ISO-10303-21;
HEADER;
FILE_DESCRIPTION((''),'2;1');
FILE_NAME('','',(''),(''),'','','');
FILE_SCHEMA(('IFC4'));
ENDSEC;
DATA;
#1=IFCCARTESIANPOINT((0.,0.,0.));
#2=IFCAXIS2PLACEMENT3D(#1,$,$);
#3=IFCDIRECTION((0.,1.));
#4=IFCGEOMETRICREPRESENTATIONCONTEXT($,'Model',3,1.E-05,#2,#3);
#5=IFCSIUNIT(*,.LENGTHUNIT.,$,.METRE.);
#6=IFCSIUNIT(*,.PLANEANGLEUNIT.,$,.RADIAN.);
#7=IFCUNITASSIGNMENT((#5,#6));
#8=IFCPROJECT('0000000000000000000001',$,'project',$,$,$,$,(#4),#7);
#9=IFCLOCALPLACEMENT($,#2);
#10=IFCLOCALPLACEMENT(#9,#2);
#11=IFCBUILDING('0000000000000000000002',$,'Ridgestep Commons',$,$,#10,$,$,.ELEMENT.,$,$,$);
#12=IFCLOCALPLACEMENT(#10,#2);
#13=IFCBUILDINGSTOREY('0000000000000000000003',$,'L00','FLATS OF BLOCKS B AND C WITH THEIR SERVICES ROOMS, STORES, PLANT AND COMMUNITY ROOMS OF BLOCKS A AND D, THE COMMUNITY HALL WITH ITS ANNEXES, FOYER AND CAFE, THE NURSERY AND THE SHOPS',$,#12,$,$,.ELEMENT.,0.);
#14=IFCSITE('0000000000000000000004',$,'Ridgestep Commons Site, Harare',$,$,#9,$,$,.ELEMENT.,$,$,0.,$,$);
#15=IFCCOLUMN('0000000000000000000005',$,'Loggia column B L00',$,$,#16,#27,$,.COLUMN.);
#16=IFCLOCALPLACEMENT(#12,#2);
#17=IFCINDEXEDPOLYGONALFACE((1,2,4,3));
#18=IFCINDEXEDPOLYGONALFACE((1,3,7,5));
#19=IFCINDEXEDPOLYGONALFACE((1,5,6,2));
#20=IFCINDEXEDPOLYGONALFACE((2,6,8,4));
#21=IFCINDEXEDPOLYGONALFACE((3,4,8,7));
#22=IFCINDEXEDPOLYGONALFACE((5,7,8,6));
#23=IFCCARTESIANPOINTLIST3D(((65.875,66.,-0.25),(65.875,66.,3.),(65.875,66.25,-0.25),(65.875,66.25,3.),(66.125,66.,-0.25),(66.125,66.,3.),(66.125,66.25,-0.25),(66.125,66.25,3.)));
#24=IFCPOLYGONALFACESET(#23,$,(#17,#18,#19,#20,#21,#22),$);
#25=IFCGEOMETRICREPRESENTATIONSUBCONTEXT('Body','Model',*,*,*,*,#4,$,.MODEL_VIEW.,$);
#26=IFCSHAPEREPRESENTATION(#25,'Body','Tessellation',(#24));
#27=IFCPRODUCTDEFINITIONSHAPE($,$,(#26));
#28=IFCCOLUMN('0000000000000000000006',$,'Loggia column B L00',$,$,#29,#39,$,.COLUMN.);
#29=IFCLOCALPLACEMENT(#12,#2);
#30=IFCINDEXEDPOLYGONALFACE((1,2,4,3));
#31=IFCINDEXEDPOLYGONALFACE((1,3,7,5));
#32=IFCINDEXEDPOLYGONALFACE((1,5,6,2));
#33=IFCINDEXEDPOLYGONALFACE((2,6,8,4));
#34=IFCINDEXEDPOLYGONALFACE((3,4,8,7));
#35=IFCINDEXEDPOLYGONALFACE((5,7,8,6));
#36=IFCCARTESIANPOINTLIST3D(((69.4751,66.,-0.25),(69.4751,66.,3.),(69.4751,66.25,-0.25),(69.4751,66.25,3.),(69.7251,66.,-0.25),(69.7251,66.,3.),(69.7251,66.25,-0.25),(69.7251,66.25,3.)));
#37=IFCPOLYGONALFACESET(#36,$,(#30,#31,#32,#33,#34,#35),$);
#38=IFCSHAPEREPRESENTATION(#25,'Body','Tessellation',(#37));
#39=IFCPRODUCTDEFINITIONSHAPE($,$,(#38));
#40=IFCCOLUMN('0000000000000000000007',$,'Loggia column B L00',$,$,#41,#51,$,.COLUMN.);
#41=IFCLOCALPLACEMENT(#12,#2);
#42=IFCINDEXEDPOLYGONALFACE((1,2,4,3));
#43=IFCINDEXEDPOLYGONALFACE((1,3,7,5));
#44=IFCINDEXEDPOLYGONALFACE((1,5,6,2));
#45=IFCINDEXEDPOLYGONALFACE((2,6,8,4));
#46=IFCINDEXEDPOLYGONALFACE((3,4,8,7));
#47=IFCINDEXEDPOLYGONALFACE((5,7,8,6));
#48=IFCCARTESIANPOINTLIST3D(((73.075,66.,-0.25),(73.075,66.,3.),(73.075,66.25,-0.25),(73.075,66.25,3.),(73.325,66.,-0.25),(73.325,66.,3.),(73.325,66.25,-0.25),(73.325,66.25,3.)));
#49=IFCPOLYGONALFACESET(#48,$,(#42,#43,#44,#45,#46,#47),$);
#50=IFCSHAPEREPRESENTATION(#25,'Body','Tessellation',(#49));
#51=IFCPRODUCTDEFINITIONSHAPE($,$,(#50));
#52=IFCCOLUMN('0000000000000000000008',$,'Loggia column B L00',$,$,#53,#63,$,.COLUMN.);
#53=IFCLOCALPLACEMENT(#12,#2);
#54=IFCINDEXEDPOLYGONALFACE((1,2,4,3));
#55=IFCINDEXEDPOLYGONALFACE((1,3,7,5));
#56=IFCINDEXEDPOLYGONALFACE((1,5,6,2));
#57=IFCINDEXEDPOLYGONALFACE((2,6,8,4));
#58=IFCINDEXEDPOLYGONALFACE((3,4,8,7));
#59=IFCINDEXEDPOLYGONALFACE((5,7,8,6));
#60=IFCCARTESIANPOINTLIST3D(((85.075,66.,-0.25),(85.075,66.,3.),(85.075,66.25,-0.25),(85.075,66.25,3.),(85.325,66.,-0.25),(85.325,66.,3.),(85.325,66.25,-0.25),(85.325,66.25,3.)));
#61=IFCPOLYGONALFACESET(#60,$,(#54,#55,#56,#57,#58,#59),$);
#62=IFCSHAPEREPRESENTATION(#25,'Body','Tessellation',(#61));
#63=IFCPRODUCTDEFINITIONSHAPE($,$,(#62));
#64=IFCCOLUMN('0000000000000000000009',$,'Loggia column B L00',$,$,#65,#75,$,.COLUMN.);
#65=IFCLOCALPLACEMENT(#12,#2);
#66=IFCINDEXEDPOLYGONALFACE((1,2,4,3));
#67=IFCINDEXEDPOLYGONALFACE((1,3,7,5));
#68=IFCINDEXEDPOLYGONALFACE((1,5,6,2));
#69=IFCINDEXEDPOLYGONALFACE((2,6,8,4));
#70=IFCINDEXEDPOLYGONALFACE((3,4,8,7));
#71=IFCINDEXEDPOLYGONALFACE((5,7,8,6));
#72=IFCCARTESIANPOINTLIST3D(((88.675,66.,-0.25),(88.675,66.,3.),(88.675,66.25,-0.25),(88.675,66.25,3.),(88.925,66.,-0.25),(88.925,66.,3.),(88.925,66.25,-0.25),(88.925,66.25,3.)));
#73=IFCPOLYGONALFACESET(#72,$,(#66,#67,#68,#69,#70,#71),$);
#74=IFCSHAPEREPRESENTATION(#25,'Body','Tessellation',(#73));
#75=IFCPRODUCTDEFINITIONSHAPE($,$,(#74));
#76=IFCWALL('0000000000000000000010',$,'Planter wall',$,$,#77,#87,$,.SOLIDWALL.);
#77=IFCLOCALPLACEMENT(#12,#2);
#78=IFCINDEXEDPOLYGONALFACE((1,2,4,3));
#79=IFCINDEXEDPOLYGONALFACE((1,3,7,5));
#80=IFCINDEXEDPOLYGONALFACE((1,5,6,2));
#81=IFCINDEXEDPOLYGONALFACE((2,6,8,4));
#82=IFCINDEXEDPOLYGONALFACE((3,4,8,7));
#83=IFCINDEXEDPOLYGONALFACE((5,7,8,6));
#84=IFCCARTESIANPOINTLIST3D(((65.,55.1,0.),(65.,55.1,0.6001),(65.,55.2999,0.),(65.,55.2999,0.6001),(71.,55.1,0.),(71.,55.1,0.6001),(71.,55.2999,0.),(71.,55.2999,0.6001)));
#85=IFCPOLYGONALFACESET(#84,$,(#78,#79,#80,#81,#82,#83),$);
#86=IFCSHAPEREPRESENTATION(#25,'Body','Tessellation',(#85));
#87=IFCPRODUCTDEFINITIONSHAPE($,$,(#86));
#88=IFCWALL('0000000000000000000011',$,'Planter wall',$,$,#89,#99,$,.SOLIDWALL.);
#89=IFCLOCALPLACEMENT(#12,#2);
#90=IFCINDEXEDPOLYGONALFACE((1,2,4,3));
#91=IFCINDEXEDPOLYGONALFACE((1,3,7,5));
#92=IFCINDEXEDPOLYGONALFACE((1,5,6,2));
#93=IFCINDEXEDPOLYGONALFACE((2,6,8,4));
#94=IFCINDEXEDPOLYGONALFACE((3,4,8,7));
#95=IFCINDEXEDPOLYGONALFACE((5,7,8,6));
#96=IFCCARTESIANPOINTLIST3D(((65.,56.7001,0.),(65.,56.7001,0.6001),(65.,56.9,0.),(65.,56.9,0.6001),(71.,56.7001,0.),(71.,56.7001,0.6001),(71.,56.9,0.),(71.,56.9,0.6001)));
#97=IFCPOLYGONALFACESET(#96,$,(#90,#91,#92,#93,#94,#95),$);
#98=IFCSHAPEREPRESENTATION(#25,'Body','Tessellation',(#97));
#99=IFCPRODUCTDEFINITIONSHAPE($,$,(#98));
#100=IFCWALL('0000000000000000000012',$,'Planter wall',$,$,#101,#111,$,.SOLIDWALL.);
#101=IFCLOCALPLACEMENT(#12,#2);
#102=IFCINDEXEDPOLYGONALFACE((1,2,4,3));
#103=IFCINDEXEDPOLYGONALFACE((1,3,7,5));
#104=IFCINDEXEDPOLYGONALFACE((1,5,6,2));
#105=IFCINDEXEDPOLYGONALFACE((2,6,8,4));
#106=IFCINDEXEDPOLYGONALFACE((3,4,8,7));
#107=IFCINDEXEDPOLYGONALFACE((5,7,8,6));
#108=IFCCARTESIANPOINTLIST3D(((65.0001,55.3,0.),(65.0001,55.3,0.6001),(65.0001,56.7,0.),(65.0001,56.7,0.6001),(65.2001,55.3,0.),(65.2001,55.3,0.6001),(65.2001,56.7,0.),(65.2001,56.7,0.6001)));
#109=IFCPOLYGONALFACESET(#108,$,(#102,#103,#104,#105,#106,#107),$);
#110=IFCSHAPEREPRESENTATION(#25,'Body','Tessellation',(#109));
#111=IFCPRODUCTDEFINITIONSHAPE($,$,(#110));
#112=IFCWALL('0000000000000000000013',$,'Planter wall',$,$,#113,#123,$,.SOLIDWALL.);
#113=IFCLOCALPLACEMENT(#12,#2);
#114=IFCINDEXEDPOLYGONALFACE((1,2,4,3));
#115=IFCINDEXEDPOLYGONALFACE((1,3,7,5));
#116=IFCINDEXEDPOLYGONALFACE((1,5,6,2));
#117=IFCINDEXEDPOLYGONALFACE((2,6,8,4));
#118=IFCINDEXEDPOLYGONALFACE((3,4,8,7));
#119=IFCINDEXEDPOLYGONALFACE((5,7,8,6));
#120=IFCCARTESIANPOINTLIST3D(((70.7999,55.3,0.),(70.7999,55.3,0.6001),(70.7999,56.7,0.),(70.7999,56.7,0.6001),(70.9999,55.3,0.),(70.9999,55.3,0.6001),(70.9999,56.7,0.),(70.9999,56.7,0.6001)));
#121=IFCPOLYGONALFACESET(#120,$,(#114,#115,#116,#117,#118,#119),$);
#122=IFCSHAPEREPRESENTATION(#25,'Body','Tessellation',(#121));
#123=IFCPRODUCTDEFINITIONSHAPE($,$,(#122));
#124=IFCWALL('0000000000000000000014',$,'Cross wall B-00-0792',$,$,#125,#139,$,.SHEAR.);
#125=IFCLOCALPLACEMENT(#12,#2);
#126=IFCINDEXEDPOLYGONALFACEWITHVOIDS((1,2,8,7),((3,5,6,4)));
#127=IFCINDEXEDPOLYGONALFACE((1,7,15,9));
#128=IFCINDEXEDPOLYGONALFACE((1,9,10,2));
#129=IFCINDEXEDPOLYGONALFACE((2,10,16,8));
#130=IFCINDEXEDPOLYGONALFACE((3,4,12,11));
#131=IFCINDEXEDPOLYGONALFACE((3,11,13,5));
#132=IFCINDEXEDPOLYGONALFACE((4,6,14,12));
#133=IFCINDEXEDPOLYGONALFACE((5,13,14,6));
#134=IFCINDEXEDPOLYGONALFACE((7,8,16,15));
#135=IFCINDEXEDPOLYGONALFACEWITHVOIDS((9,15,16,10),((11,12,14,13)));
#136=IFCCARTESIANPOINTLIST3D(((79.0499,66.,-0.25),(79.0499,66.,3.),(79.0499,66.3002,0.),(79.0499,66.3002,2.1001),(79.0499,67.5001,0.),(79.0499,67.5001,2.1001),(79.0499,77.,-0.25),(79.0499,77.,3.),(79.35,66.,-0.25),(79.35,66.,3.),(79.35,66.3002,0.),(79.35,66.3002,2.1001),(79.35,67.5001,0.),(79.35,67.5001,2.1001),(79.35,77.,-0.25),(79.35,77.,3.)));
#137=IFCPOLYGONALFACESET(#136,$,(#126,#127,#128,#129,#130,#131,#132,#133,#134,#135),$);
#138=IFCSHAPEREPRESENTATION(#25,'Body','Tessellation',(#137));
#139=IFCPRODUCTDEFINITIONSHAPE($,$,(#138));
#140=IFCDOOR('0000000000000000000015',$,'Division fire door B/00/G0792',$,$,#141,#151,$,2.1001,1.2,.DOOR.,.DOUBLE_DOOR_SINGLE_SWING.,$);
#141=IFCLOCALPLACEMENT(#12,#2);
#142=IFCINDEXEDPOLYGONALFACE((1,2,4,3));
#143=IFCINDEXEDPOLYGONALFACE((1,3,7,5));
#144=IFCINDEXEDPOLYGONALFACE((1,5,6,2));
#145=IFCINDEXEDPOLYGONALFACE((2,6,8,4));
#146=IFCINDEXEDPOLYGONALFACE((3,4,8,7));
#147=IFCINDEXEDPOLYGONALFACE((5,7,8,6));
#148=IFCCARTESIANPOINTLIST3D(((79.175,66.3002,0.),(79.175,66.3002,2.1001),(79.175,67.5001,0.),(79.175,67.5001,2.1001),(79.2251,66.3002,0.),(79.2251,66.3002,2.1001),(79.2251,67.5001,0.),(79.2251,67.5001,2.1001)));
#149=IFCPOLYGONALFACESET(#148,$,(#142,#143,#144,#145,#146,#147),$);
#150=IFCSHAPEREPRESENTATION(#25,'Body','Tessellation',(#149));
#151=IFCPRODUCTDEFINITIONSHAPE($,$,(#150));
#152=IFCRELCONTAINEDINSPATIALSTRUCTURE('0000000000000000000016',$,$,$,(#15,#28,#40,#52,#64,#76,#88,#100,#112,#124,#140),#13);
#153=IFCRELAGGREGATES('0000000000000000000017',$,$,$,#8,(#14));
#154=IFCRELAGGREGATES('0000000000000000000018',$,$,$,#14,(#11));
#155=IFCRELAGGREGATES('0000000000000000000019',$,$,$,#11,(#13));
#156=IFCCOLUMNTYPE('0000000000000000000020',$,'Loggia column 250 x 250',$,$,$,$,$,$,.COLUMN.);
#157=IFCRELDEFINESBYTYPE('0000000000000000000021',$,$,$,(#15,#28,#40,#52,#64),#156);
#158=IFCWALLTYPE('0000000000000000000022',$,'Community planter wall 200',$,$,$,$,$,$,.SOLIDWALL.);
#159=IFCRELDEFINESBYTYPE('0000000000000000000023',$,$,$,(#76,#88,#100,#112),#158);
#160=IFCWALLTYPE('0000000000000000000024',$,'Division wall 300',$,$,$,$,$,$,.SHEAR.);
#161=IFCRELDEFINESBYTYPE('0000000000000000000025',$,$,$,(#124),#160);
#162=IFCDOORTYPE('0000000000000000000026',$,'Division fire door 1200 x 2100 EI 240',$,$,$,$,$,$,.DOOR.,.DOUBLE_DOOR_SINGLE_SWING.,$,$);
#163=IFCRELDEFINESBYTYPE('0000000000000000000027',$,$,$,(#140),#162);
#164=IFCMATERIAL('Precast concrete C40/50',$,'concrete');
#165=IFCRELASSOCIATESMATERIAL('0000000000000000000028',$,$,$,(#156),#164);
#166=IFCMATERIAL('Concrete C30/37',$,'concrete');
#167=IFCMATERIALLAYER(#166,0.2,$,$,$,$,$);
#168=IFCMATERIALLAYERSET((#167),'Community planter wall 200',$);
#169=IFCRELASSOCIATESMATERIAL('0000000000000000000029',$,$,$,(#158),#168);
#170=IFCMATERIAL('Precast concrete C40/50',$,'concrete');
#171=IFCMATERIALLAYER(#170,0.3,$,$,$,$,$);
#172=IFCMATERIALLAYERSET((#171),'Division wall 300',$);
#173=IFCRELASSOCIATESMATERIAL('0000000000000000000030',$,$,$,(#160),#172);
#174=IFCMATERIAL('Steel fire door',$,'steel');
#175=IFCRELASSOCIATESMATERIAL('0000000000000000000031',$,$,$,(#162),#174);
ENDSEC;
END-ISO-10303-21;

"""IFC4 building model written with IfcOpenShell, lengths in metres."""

from ifc_helpers import new_model, si_unit, direction, frame, frame_2d, origin, origin_2d, place, context, subcontext, project, spatial, rectangle, extrude, material, layer, layer_set, material_profile, profile_set, type_object, element, fill, save


model = new_model("IFC4")

# Units and contexts
model_context = context("Model", 3, precision=1e-05, world=origin(), true_north=direction((0.0, 1.0)))
body_context = subcontext(model_context, "Body", "Model", "MODEL_VIEW")
ifc_project = project(units=[si_unit("LENGTHUNIT", "METRE"), si_unit("PLANEANGLEUNIT", "RADIAN")], contexts=[model_context])

# Site, building, storey
site_placement = place(None, origin())
site = spatial("IfcSite", under=ifc_project, at=site_placement, Name="Ridgestep Commons Site, Harare", CompositionType="ELEMENT", RefElevation=0.0)
building_placement = place(site_placement, origin())
building = spatial("IfcBuilding", under=site, at=building_placement, Name="Ridgestep Commons", CompositionType="ELEMENT")
storey_placement = place(building_placement, origin())
storey = spatial("IfcBuildingStorey", under=building, at=storey_placement, Name="L00", Description="FLATS OF BLOCKS B AND C WITH THEIR SERVICES ROOMS, STORES, PLANT AND COMMUNITY ROOMS OF BLOCKS A AND D, THE COMMUNITY HALL WITH ITS ANNEXES, FOYER AND CAFE, THE NURSERY AND THE SHOPS", CompositionType="ELEMENT", Elevation=0.0)

# Columns
ifc_material_1 = material(Name="Precast concrete C40/50", Category="concrete")
ifc_material_profile = material_profile(ifc_material_1, rectangle(XDim=0.25, YDim=0.25, at=origin_2d()), Name="PC 250x250")
ifc_profile_set = profile_set([ifc_material_profile], Name="Precast concrete C40/50")
column_type = type_object("IfcColumnType", Name="Loggia column 250 x 250", PredefinedType="COLUMN", material=ifc_profile_set)
for number, where, z_axis, x_axis, name in (
    (1, (66.0, 66.125, -0.25), (0.0, 0.0, 1.0), (1.0, 0.0, 0.0), "Loggia column B L00"),
    (2, (69.6001, 66.125, -0.25), (0.0, 0.0, 1.0), (1.0, 0.0, 0.0), "Loggia column B L00"),
    (3, (73.2, 66.125, -0.25), (0.0, 0.0, 1.0), (1.0, 0.0, 0.0), "Loggia column B L00"),
    (4, (85.2, 66.125, -0.25), (0.0, 0.0, 1.0), (1.0, 0.0, 0.0), "Loggia column B L00"),
    (5, (88.8, 66.125, -0.25), (0.0, 0.0, 1.0), (1.0, 0.0, 0.0), "Loggia column B L00"),
):
    element("IfcColumn", number, at=place(storey_placement, frame(where, z_axis=z_axis, x_axis=x_axis)), inside=storey, type_object=column_type, Name=name, PredefinedType="COLUMN", context=body_context, shape_type="SweptSolid", body=[
        extrude(rectangle(XDim=0.25, YDim=0.25, at=origin_2d()), origin(), (0.0, 0.0, 1.0), 3.25),
    ])

# Walls
ifc_material_2 = material(Name="Concrete C30/37", Category="concrete")
ifc_layer_1 = layer(ifc_material_2, 0.2)
ifc_layer_set_1 = layer_set([ifc_layer_1], Name="Community planter wall 200")
wall_type_1 = type_object("IfcWallType", Name="Community planter wall 200", PredefinedType="SOLIDWALL", material=ifc_layer_set_1)
for number, where, z_axis, x_axis, name in (
    (6, (65.0, 55.2, 0.0), (0.0, 0.0, 1.0), (1.0, 0.0, 0.0), "Planter wall"),
    (7, (65.0, 56.8, 0.0), (0.0, 0.0, 1.0), (1.0, 0.0, 0.0), "Planter wall"),
):
    element("IfcWall", number, at=place(storey_placement, frame(where, z_axis=z_axis, x_axis=x_axis)), inside=storey, type_object=wall_type_1, Name=name, PredefinedType="SOLIDWALL", context=body_context, shape_type="SweptSolid", body=[
        extrude(rectangle(XDim=6.0, YDim=0.2, at=frame_2d((3.0, 0.0))), origin(), (0.0, 0.0, 1.0), 0.6001),
    ])
for number, where, z_axis, x_axis, name in (
    (8, (65.1001, 55.3, 0.0), (0.0, 0.0, 1.0), (0.0, 1.0, 0.0), "Planter wall"),
    (9, (70.8999, 55.3, 0.0), (0.0, 0.0, 1.0), (0.0, 1.0, 0.0), "Planter wall"),
):
    element("IfcWall", number, at=place(storey_placement, frame(where, z_axis=z_axis, x_axis=x_axis)), inside=storey, type_object=wall_type_1, Name=name, PredefinedType="SOLIDWALL", context=body_context, shape_type="SweptSolid", body=[
        extrude(rectangle(XDim=1.3999, YDim=0.2, at=frame_2d((0.7, 0.0))), origin(), (0.0, 0.0, 1.0), 0.6001),
    ])

# Wall, opening, door
ifc_material_3 = material(Name="Precast concrete C40/50", Category="concrete")
ifc_layer_2 = layer(ifc_material_3, 0.3)
ifc_layer_set_2 = layer_set([ifc_layer_2], Name="Division wall 300")
wall_type_2 = type_object("IfcWallType", Name="Division wall 300", PredefinedType="SHEAR", material=ifc_layer_set_2)
wall_placement = place(storey_placement, frame((79.2, 66.0, -0.25), z_axis=(0.0, 0.0, 1.0), x_axis=(0.0, 1.0, 0.0)))
wall = element("IfcWall", 10, at=wall_placement, inside=storey, type_object=wall_type_2, Name="Cross wall B-00-0792", PredefinedType="SHEAR", context=body_context, shape_type="SweptSolid", body=[
    extrude(rectangle(XDim=11.0, YDim=0.3, at=frame_2d((5.5, 0.0))), origin(), (0.0, 0.0, 1.0), 3.25),
])
opening_placement = place(wall_placement, frame((0.3, 0.0, 0.25)))
opening = element("IfcOpeningElement", 11, at=opening_placement, cuts=wall, PredefinedType="OPENING", context=body_context, shape_type="SweptSolid", body=[
    extrude(rectangle(XDim=1.2, YDim=2.1001, at=frame_2d((0.6001, 1.05))), frame((0.0, 0.1599, 0.0), z_axis=(0.0, -1.0, 0.0), x_axis=(1.0, 0.0, 0.0)), (0.0, 0.0, 1.0), 0.3201),
])
ifc_material_4 = material(Name="Steel fire door", Category="steel")
door_type = type_object("IfcDoorType", Name="Division fire door 1200 x 2100 EI 240", OperationType="DOUBLE_DOOR_SINGLE_SWING", PredefinedType="DOOR", material=ifc_material_4)
door_placement = place(opening_placement, origin())
door = element("IfcDoor", 12, at=door_placement, inside=storey, type_object=door_type, Name="Division fire door B/00/G0792", OperationType="DOUBLE_DOOR_SINGLE_SWING", OverallHeight=2.1001, OverallWidth=1.2, PredefinedType="DOOR", context=body_context, shape_type="SweptSolid", body=[
    extrude(rectangle(XDim=1.2, YDim=2.1001, at=frame_2d((0.6001, 1.05))), frame((0.0, 0.0249, 0.0), z_axis=(0.0, -1.0, 0.0), x_axis=(1.0, 0.0, 0.0)), (0.0, 0.0, 1.0), 0.05),
])
fill(opening, door)

save(model, "model.ifc")
